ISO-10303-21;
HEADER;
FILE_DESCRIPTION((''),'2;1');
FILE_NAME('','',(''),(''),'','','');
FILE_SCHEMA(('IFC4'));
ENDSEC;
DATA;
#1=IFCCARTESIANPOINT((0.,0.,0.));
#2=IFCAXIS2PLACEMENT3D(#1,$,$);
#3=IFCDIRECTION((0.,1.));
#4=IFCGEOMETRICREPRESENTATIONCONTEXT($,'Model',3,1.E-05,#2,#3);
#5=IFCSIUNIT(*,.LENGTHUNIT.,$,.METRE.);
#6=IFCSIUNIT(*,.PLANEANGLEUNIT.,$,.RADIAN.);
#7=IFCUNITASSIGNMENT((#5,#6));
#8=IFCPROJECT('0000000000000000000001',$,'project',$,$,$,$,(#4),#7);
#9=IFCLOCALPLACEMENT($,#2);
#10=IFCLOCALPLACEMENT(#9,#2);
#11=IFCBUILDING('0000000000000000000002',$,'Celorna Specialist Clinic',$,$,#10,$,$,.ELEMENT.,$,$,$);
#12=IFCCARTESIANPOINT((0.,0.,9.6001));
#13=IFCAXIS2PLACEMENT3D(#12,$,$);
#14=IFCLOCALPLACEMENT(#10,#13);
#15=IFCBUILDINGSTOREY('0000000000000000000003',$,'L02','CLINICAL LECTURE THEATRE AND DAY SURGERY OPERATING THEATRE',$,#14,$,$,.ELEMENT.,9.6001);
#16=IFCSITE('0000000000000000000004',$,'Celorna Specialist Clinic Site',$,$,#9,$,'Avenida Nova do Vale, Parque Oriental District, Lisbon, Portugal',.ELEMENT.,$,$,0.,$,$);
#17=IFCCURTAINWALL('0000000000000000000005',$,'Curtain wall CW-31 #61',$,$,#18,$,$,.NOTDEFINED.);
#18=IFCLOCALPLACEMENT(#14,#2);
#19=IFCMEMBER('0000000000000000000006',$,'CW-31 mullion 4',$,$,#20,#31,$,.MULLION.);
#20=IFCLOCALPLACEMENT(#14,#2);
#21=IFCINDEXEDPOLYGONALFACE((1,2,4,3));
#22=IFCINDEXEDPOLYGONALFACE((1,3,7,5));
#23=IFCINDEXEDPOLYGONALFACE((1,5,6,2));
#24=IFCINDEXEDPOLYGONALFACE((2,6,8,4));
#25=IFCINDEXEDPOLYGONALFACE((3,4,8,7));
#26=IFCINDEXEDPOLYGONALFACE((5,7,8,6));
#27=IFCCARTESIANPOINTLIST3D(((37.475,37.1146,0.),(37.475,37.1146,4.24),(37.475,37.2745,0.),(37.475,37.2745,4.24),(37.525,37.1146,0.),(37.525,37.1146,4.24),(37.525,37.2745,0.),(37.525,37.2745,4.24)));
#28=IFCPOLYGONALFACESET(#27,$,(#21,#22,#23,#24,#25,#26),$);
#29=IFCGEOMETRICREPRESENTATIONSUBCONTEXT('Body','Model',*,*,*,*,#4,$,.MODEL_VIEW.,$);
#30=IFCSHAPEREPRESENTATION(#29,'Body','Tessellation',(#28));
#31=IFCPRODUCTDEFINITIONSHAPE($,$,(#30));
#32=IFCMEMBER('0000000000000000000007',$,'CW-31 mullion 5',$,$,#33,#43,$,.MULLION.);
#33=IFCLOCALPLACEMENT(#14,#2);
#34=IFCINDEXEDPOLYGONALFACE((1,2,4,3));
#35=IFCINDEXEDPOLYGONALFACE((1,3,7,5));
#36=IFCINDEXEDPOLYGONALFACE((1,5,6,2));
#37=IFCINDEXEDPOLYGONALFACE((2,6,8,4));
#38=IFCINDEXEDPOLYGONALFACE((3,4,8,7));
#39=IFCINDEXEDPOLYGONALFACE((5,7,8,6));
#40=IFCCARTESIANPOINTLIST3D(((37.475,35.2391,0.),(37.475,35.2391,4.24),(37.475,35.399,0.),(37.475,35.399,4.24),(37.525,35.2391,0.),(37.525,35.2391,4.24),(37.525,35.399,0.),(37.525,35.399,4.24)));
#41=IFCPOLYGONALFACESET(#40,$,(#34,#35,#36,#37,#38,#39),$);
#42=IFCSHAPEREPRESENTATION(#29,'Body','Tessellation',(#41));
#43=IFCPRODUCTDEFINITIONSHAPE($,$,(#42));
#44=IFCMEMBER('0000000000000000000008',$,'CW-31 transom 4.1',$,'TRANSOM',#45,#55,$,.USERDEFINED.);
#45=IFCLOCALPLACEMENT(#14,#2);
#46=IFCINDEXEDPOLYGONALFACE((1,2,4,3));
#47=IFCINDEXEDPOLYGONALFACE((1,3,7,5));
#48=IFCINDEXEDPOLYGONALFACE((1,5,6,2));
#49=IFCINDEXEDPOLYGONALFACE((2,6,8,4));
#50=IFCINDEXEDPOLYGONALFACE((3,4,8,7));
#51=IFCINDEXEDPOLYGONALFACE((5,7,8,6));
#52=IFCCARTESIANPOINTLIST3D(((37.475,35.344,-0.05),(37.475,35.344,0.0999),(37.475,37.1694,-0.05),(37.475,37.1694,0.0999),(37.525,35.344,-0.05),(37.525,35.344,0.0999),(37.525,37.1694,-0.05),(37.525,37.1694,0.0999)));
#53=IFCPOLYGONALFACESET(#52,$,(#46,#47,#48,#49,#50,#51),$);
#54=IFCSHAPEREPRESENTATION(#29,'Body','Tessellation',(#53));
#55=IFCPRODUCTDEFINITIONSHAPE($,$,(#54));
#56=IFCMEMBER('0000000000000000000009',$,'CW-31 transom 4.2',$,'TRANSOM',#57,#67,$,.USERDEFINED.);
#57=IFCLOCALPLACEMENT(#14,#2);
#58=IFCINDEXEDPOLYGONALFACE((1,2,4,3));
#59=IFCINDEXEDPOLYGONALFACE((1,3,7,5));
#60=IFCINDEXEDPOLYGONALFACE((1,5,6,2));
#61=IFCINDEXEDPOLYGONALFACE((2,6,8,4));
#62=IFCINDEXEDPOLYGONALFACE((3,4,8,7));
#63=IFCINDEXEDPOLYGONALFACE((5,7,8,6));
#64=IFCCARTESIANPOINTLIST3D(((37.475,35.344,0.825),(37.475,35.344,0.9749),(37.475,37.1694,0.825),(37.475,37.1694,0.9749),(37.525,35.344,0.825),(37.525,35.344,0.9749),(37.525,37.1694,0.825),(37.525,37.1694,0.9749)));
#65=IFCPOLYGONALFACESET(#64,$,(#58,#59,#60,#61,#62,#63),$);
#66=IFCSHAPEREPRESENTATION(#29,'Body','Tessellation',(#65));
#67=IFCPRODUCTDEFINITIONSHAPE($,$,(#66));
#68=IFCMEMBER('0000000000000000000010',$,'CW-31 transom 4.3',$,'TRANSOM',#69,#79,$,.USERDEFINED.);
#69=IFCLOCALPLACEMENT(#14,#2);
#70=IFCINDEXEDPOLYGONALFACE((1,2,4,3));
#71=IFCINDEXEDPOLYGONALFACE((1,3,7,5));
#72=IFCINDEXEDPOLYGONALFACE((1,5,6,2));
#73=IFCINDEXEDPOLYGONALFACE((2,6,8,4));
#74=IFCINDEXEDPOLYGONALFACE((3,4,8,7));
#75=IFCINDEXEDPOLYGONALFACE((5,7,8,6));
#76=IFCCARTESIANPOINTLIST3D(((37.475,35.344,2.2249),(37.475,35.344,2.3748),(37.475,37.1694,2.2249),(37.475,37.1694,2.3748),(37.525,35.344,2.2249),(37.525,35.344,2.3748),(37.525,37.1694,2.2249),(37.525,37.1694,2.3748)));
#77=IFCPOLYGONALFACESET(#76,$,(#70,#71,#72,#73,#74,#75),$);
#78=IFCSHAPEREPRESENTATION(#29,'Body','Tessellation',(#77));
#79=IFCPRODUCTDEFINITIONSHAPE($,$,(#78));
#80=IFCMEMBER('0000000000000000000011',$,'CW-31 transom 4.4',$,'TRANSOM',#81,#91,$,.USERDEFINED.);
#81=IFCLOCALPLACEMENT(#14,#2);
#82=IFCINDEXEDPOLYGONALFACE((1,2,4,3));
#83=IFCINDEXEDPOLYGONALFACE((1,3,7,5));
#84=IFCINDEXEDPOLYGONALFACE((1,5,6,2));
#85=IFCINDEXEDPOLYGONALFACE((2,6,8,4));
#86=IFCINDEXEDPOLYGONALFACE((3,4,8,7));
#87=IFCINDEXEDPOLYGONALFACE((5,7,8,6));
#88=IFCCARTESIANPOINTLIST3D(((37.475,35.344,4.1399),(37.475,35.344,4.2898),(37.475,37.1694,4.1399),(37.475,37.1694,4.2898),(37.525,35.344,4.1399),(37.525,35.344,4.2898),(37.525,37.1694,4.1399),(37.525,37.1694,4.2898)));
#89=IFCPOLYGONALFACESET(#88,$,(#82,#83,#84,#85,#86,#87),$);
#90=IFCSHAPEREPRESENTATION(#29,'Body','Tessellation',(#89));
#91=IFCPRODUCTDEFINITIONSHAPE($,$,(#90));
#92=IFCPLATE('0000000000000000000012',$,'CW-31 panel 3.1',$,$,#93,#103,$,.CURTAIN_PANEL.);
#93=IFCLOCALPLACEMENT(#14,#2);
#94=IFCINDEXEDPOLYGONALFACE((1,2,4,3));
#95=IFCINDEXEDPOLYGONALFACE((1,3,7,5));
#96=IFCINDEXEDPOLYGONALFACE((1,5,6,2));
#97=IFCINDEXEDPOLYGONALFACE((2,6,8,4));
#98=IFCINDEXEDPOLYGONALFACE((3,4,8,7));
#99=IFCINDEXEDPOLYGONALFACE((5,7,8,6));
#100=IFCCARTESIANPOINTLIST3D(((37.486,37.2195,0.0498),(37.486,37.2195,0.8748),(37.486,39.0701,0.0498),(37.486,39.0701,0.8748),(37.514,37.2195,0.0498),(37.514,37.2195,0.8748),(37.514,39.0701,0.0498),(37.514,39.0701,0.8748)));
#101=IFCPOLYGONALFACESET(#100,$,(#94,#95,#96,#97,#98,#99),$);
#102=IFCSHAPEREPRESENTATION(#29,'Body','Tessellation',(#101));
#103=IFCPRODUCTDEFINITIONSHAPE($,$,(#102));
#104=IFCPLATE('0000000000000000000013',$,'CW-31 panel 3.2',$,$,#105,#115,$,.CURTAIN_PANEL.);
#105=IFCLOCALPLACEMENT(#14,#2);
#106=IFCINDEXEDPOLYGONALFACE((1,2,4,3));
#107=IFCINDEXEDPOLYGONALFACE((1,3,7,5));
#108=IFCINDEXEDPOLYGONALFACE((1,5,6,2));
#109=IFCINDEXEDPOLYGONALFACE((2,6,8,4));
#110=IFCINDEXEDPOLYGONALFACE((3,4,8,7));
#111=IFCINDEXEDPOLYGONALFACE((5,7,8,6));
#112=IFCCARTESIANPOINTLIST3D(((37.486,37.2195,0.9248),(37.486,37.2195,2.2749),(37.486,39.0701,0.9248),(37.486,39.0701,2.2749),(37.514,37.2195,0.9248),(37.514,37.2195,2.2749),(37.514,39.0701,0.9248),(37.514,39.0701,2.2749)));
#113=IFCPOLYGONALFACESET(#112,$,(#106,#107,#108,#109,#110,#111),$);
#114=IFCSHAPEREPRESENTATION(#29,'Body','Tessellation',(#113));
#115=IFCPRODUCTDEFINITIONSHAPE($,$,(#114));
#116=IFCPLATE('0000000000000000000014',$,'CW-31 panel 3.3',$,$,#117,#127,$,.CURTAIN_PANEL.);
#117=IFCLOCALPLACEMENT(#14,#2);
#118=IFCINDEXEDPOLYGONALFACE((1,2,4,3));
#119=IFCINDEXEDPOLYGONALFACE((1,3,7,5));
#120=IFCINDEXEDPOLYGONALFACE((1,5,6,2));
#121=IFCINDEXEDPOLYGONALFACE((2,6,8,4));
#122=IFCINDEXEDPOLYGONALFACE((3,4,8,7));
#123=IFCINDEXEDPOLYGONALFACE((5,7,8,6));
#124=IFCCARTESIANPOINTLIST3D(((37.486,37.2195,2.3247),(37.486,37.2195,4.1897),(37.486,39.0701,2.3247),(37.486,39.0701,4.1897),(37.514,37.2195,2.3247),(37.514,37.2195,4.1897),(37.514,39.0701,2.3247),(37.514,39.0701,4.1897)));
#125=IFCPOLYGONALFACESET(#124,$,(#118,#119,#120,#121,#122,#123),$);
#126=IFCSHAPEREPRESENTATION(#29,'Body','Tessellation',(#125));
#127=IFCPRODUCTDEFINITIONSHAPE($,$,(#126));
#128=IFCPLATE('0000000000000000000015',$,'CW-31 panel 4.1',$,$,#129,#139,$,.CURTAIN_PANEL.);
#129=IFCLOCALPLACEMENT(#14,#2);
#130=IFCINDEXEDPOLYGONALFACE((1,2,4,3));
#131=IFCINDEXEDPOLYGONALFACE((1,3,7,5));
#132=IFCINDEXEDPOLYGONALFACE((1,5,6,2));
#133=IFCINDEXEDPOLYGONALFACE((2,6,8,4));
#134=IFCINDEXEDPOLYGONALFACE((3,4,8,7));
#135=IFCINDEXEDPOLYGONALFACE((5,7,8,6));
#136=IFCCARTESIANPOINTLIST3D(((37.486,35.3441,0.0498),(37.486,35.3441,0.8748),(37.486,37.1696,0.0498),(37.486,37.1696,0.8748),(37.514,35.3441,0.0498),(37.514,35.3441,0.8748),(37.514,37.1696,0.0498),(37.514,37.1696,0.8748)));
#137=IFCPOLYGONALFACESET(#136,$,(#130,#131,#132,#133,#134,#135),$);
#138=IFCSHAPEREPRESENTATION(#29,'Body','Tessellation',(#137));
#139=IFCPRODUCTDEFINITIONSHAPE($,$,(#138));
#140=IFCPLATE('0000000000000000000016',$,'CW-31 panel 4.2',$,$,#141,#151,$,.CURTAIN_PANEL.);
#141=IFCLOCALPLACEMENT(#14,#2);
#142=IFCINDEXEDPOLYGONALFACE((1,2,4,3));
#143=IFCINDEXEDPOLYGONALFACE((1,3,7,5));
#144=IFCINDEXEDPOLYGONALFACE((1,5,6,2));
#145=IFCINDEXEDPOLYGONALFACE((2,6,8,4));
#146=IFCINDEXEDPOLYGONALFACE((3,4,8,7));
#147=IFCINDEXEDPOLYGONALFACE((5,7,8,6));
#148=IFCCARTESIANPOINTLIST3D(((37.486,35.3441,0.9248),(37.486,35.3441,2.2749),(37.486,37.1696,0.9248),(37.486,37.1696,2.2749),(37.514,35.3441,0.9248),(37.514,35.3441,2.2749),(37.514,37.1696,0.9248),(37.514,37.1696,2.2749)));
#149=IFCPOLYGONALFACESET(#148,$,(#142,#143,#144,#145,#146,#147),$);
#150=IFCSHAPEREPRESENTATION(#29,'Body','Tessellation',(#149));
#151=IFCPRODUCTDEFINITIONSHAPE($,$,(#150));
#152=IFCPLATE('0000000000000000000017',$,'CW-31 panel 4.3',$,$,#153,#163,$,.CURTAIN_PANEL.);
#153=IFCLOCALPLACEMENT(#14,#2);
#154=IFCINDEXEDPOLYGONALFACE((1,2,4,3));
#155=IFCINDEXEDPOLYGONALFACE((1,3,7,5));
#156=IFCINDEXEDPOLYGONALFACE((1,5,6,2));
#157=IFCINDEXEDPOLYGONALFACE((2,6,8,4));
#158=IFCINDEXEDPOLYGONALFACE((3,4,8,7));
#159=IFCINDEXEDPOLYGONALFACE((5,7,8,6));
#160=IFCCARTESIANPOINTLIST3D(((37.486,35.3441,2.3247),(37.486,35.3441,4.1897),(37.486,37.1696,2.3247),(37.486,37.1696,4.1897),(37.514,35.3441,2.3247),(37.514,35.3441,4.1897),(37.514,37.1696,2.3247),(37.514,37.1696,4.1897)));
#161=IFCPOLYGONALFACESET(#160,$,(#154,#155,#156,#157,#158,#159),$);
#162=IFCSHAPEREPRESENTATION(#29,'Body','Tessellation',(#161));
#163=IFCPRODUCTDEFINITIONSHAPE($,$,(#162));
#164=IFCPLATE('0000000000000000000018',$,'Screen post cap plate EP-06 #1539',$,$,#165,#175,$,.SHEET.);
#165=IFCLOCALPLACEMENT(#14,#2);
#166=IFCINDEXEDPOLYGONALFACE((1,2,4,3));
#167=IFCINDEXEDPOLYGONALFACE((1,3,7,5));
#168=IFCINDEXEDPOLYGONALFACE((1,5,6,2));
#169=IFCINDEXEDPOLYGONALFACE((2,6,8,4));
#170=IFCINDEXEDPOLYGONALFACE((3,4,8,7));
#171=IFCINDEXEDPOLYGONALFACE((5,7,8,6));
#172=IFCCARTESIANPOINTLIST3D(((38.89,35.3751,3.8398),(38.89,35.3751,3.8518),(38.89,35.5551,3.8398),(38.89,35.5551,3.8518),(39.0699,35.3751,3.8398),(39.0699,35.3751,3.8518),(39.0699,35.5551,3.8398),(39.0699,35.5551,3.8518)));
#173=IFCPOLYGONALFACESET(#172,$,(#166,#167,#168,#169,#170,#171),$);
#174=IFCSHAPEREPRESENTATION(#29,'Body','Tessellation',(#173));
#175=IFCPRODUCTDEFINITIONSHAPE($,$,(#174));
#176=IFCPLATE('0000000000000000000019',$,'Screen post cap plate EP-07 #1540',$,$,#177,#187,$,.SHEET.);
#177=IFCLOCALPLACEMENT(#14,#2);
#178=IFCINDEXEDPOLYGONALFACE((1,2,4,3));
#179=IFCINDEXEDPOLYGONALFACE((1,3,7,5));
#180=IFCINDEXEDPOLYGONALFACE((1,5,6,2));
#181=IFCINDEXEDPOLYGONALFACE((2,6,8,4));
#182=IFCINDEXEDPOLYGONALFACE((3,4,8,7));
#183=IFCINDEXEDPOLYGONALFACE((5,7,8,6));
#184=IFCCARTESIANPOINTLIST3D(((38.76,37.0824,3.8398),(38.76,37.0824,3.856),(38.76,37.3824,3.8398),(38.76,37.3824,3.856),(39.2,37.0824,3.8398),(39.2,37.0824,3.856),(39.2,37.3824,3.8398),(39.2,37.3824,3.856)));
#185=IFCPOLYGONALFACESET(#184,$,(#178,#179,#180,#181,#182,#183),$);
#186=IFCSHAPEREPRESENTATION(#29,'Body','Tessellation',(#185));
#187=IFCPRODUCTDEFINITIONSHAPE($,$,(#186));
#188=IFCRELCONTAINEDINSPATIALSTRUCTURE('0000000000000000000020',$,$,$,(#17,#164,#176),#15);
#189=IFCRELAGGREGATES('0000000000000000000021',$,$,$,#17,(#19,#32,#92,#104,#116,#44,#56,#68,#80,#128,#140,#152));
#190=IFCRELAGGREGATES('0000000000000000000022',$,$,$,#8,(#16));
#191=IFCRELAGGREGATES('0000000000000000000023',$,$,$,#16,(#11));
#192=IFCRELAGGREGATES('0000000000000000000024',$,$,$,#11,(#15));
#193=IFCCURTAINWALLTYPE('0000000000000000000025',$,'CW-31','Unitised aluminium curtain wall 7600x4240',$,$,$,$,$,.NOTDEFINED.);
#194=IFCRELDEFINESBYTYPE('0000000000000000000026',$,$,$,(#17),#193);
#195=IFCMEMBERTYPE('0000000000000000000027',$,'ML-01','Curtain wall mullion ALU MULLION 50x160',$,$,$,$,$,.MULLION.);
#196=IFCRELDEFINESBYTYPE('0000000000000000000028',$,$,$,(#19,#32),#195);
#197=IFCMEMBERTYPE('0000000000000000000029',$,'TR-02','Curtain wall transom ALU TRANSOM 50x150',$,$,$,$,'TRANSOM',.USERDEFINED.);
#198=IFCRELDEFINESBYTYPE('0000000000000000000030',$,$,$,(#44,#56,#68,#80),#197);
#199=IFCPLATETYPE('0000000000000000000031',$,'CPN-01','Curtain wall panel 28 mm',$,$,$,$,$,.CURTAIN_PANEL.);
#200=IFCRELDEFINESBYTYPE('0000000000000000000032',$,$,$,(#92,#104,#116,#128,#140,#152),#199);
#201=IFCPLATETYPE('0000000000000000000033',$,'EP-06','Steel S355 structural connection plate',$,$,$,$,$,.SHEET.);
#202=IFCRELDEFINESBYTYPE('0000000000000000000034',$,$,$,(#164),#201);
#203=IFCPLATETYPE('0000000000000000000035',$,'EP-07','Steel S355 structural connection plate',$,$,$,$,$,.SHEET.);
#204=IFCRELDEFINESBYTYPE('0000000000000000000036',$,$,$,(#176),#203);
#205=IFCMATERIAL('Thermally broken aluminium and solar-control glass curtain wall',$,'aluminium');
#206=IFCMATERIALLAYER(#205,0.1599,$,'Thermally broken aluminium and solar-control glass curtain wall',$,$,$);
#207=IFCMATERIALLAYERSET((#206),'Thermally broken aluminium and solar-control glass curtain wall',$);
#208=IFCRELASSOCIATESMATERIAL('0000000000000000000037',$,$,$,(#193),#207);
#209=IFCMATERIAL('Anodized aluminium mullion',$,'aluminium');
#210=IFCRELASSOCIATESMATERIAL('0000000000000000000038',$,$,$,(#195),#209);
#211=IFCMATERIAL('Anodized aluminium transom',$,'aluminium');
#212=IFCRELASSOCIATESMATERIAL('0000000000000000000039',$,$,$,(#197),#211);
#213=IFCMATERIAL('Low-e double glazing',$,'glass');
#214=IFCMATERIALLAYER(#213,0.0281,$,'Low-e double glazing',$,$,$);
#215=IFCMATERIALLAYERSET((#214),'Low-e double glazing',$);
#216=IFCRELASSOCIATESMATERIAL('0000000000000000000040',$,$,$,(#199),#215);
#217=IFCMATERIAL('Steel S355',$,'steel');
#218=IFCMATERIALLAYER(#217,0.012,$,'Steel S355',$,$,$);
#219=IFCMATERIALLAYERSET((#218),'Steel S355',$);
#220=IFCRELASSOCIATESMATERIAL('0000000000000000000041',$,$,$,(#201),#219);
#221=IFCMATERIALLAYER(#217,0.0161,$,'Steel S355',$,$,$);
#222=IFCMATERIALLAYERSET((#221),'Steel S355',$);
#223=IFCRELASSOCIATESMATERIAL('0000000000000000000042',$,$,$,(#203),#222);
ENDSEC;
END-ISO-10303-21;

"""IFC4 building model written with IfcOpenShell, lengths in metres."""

from ifc_helpers import new_model, si_unit, direction, frame, origin, origin_2d, place, context, subcontext, project, spatial, rectangle, extrude, material, layer, layer_set, material_profile, profile_set, type_object, element, aggregate, save


model = new_model("IFC4")

# Units and contexts
model_context = context("Model", 3, precision=1e-05, world=origin(), true_north=direction((0.0, 1.0)))
body_context = subcontext(model_context, "Body", "Model", "MODEL_VIEW")
ifc_project = project(units=[si_unit("LENGTHUNIT", "METRE"), si_unit("PLANEANGLEUNIT", "RADIAN")], contexts=[model_context])

# Site, building, storey
site_placement = place(None, origin())
site = spatial("IfcSite", under=ifc_project, at=site_placement, Name="Celorna Specialist Clinic Site", LongName="Avenida Nova do Vale, Parque Oriental District, Lisbon, Portugal", CompositionType="ELEMENT", RefElevation=0.0)
building_placement = place(site_placement, origin())
building = spatial("IfcBuilding", under=site, at=building_placement, Name="Celorna Specialist Clinic", CompositionType="ELEMENT")
storey_placement = place(building_placement, frame((0.0, 0.0, 9.6001)))
storey = spatial("IfcBuildingStorey", under=building, at=storey_placement, Name="L02", Description="CLINICAL LECTURE THEATRE AND DAY SURGERY OPERATING THEATRE", CompositionType="ELEMENT", Elevation=9.6001)

# Shared definitions
ifc_material_1 = material(Name="Steel S355", Category="steel")

# Curtain wall, members, plates
ifc_material_2 = material(Name="Thermally broken aluminium and solar-control glass curtain wall", Category="aluminium")
ifc_layer_1 = layer(ifc_material_2, 0.1599, Name="Thermally broken aluminium and solar-control glass curtain wall")
ifc_layer_set_1 = layer_set([ifc_layer_1], Name="Thermally broken aluminium and solar-control glass curtain wall")
curtain_wall_type = type_object("IfcCurtainWallType", Name="CW-31", Description="Unitised aluminium curtain wall 7600x4240", PredefinedType="NOTDEFINED", material=ifc_layer_set_1)
curtain_wall_placement = place(storey_placement, origin())
curtain_wall = element("IfcCurtainWall", 1, at=curtain_wall_placement, inside=storey, type_object=curtain_wall_type, Name="Curtain wall CW-31 #61", PredefinedType="NOTDEFINED")
ifc_material_3 = material(Name="Anodized aluminium mullion", Category="aluminium")
ifc_material_profile_1 = material_profile(ifc_material_3, rectangle(XDim=0.05, YDim=0.1599, at=origin_2d()), Name="ALU MULLION 50x160")
ifc_profile_set_1 = profile_set([ifc_material_profile_1], Name="Anodized aluminium mullion")
member_type_1 = type_object("IfcMemberType", Name="ML-01", Description="Curtain wall mullion ALU MULLION 50x160", PredefinedType="MULLION", material=ifc_profile_set_1)
member_1_placement = place(storey_placement, frame((37.5, 37.1946, 0.0), z_axis=(0.0, 0.0, 1.0), x_axis=(1.0, 0.0, 0.0)))
member_1 = element("IfcMember", 2, at=member_1_placement, type_object=member_type_1, Name="CW-31 mullion 4", PredefinedType="MULLION", context=body_context, shape_type="SweptSolid", body=[
    extrude(rectangle(XDim=0.05, YDim=0.1599, at=origin_2d()), origin(), (0.0, 0.0, 1.0), 4.24),
])
member_2_placement = place(storey_placement, frame((37.5, 35.3191, 0.0), z_axis=(0.0, 0.0, 1.0), x_axis=(1.0, 0.0, 0.0)))
member_2 = element("IfcMember", 3, at=member_2_placement, type_object=member_type_1, Name="CW-31 mullion 5", PredefinedType="MULLION", context=body_context, shape_type="SweptSolid", body=[
    extrude(rectangle(XDim=0.05, YDim=0.1599, at=origin_2d()), origin(), (0.0, 0.0, 1.0), 4.24),
])
ifc_material_4 = material(Name="Anodized aluminium transom", Category="aluminium")
ifc_material_profile_2 = material_profile(ifc_material_4, rectangle(XDim=0.05, YDim=0.1499, at=origin_2d()), Name="ALU TRANSOM 50x150")
ifc_profile_set_2 = profile_set([ifc_material_profile_2], Name="Anodized aluminium transom")
member_type_2 = type_object("IfcMemberType", Name="TR-02", Description="Curtain wall transom ALU TRANSOM 50x150", ElementType="TRANSOM", PredefinedType="USERDEFINED", material=ifc_profile_set_2)
member_3_placement = place(storey_placement, frame((37.5, 37.1694, 0.0249), z_axis=(0.0, -1.0, 0.0), x_axis=(1.0, 0.0, 0.0)))
member_3 = element("IfcMember", 4, at=member_3_placement, type_object=member_type_2, Name="CW-31 transom 4.1", ObjectType="TRANSOM", PredefinedType="USERDEFINED", context=body_context, shape_type="SweptSolid", body=[
    extrude(rectangle(XDim=0.05, YDim=0.1499, at=origin_2d()), origin(), (0.0, 0.0, 1.0), 1.8254),
])
member_4_placement = place(storey_placement, frame((37.5, 37.1694, 0.8999), z_axis=(0.0, -1.0, 0.0), x_axis=(1.0, 0.0, 0.0)))
member_4 = element("IfcMember", 5, at=member_4_placement, type_object=member_type_2, Name="CW-31 transom 4.2", ObjectType="TRANSOM", PredefinedType="USERDEFINED", context=body_context, shape_type="SweptSolid", body=[
    extrude(rectangle(XDim=0.05, YDim=0.1499, at=origin_2d()), origin(), (0.0, 0.0, 1.0), 1.8254),
])
member_5_placement = place(storey_placement, frame((37.5, 37.1694, 2.2998), z_axis=(0.0, -1.0, 0.0), x_axis=(1.0, 0.0, 0.0)))
member_5 = element("IfcMember", 6, at=member_5_placement, type_object=member_type_2, Name="CW-31 transom 4.3", ObjectType="TRANSOM", PredefinedType="USERDEFINED", context=body_context, shape_type="SweptSolid", body=[
    extrude(rectangle(XDim=0.05, YDim=0.1499, at=origin_2d()), origin(), (0.0, 0.0, 1.0), 1.8254),
])
member_6_placement = place(storey_placement, frame((37.5, 37.1694, 4.2148), z_axis=(0.0, -1.0, 0.0), x_axis=(1.0, 0.0, 0.0)))
member_6 = element("IfcMember", 7, at=member_6_placement, type_object=member_type_2, Name="CW-31 transom 4.4", ObjectType="TRANSOM", PredefinedType="USERDEFINED", context=body_context, shape_type="SweptSolid", body=[
    extrude(rectangle(XDim=0.05, YDim=0.1499, at=origin_2d()), origin(), (0.0, 0.0, 1.0), 1.8254),
])
ifc_material_5 = material(Name="Low-e double glazing", Category="glass")
ifc_layer_2 = layer(ifc_material_5, 0.0281, Name="Low-e double glazing")
ifc_layer_set_2 = layer_set([ifc_layer_2], Name="Low-e double glazing")
plate_type_1 = type_object("IfcPlateType", Name="CPN-01", Description="Curtain wall panel 28 mm", PredefinedType="CURTAIN_PANEL", material=ifc_layer_set_2)
plate_1_placement = place(storey_placement, frame((37.5, 38.1448, 0.0498), z_axis=(0.0, 0.0, 1.0), x_axis=(0.0, -1.0, 0.0)))
plate_1 = element("IfcPlate", 8, at=plate_1_placement, type_object=plate_type_1, Name="CW-31 panel 3.1", PredefinedType="CURTAIN_PANEL", context=body_context, shape_type="SweptSolid", body=[
    extrude(rectangle(XDim=1.8506, YDim=0.0281, at=origin_2d()), origin(), (0.0, 0.0, 1.0), 0.825),
])
plate_2_placement = place(storey_placement, frame((37.5, 38.1448, 0.9248), z_axis=(0.0, 0.0, 1.0), x_axis=(0.0, -1.0, 0.0)))
plate_2 = element("IfcPlate", 9, at=plate_2_placement, type_object=plate_type_1, Name="CW-31 panel 3.2", PredefinedType="CURTAIN_PANEL", context=body_context, shape_type="SweptSolid", body=[
    extrude(rectangle(XDim=1.8506, YDim=0.0281, at=origin_2d()), origin(), (0.0, 0.0, 1.0), 1.3501),
])
plate_3_placement = place(storey_placement, frame((37.5, 38.1448, 2.3247), z_axis=(0.0, 0.0, 1.0), x_axis=(0.0, -1.0, 0.0)))
plate_3 = element("IfcPlate", 10, at=plate_3_placement, type_object=plate_type_1, Name="CW-31 panel 3.3", PredefinedType="CURTAIN_PANEL", context=body_context, shape_type="SweptSolid", body=[
    extrude(rectangle(XDim=1.8506, YDim=0.0281, at=origin_2d()), origin(), (0.0, 0.0, 1.0), 1.865),
])
plate_4_placement = place(storey_placement, frame((37.5, 36.2568, 0.0498), z_axis=(0.0, 0.0, 1.0), x_axis=(0.0, -1.0, 0.0)))
plate_4 = element("IfcPlate", 11, at=plate_4_placement, type_object=plate_type_1, Name="CW-31 panel 4.1", PredefinedType="CURTAIN_PANEL", context=body_context, shape_type="SweptSolid", body=[
    extrude(rectangle(XDim=1.8254, YDim=0.0281, at=origin_2d()), origin(), (0.0, 0.0, 1.0), 0.825),
])
plate_5_placement = place(storey_placement, frame((37.5, 36.2568, 0.9248), z_axis=(0.0, 0.0, 1.0), x_axis=(0.0, -1.0, 0.0)))
plate_5 = element("IfcPlate", 12, at=plate_5_placement, type_object=plate_type_1, Name="CW-31 panel 4.2", PredefinedType="CURTAIN_PANEL", context=body_context, shape_type="SweptSolid", body=[
    extrude(rectangle(XDim=1.8254, YDim=0.0281, at=origin_2d()), origin(), (0.0, 0.0, 1.0), 1.3501),
])
plate_6_placement = place(storey_placement, frame((37.5, 36.2568, 2.3247), z_axis=(0.0, 0.0, 1.0), x_axis=(0.0, -1.0, 0.0)))
plate_6 = element("IfcPlate", 13, at=plate_6_placement, type_object=plate_type_1, Name="CW-31 panel 4.3", PredefinedType="CURTAIN_PANEL", context=body_context, shape_type="SweptSolid", body=[
    extrude(rectangle(XDim=1.8254, YDim=0.0281, at=origin_2d()), origin(), (0.0, 0.0, 1.0), 1.865),
])
aggregate(curtain_wall, [member_1, member_2, plate_1, plate_2, plate_3, member_3, member_4, member_5, member_6, plate_4, plate_5, plate_6])

# Plates
ifc_layer_3 = layer(ifc_material_1, 0.012, Name="Steel S355")
ifc_layer_set_3 = layer_set([ifc_layer_3], Name="Steel S355")
plate_type_2 = type_object("IfcPlateType", Name="EP-06", Description="Steel S355 structural connection plate", PredefinedType="SHEET", material=ifc_layer_set_3)
plate_7_placement = place(storey_placement, frame((38.98, 35.4651, 3.8398), z_axis=(0.0, 0.0, 1.0), x_axis=(0.0, 1.0, 0.0)))
element("IfcPlate", 14, at=plate_7_placement, inside=storey, type_object=plate_type_2, Name="Screen post cap plate EP-06 #1539", PredefinedType="SHEET", context=body_context, shape_type="SweptSolid", body=[
    extrude(rectangle(XDim=0.1799, YDim=0.1799, at=origin_2d()), origin(), (0.0, 0.0, 1.0), 0.012),
])
ifc_layer_4 = layer(ifc_material_1, 0.0161, Name="Steel S355")
ifc_layer_set_4 = layer_set([ifc_layer_4], Name="Steel S355")
plate_type_3 = type_object("IfcPlateType", Name="EP-07", Description="Steel S355 structural connection plate", PredefinedType="SHEET", material=ifc_layer_set_4)
plate_8_placement = place(storey_placement, frame((38.98, 37.2324, 3.8398), z_axis=(0.0, 0.0, 1.0), x_axis=(0.0, 1.0, 0.0)))
element("IfcPlate", 15, at=plate_8_placement, inside=storey, type_object=plate_type_3, Name="Screen post cap plate EP-07 #1540", PredefinedType="SHEET", context=body_context, shape_type="SweptSolid", body=[
    extrude(rectangle(XDim=0.3, YDim=0.4399, at=origin_2d()), origin(), (0.0, 0.0, 1.0), 0.0161),
])

save(model, "model.ifc")
